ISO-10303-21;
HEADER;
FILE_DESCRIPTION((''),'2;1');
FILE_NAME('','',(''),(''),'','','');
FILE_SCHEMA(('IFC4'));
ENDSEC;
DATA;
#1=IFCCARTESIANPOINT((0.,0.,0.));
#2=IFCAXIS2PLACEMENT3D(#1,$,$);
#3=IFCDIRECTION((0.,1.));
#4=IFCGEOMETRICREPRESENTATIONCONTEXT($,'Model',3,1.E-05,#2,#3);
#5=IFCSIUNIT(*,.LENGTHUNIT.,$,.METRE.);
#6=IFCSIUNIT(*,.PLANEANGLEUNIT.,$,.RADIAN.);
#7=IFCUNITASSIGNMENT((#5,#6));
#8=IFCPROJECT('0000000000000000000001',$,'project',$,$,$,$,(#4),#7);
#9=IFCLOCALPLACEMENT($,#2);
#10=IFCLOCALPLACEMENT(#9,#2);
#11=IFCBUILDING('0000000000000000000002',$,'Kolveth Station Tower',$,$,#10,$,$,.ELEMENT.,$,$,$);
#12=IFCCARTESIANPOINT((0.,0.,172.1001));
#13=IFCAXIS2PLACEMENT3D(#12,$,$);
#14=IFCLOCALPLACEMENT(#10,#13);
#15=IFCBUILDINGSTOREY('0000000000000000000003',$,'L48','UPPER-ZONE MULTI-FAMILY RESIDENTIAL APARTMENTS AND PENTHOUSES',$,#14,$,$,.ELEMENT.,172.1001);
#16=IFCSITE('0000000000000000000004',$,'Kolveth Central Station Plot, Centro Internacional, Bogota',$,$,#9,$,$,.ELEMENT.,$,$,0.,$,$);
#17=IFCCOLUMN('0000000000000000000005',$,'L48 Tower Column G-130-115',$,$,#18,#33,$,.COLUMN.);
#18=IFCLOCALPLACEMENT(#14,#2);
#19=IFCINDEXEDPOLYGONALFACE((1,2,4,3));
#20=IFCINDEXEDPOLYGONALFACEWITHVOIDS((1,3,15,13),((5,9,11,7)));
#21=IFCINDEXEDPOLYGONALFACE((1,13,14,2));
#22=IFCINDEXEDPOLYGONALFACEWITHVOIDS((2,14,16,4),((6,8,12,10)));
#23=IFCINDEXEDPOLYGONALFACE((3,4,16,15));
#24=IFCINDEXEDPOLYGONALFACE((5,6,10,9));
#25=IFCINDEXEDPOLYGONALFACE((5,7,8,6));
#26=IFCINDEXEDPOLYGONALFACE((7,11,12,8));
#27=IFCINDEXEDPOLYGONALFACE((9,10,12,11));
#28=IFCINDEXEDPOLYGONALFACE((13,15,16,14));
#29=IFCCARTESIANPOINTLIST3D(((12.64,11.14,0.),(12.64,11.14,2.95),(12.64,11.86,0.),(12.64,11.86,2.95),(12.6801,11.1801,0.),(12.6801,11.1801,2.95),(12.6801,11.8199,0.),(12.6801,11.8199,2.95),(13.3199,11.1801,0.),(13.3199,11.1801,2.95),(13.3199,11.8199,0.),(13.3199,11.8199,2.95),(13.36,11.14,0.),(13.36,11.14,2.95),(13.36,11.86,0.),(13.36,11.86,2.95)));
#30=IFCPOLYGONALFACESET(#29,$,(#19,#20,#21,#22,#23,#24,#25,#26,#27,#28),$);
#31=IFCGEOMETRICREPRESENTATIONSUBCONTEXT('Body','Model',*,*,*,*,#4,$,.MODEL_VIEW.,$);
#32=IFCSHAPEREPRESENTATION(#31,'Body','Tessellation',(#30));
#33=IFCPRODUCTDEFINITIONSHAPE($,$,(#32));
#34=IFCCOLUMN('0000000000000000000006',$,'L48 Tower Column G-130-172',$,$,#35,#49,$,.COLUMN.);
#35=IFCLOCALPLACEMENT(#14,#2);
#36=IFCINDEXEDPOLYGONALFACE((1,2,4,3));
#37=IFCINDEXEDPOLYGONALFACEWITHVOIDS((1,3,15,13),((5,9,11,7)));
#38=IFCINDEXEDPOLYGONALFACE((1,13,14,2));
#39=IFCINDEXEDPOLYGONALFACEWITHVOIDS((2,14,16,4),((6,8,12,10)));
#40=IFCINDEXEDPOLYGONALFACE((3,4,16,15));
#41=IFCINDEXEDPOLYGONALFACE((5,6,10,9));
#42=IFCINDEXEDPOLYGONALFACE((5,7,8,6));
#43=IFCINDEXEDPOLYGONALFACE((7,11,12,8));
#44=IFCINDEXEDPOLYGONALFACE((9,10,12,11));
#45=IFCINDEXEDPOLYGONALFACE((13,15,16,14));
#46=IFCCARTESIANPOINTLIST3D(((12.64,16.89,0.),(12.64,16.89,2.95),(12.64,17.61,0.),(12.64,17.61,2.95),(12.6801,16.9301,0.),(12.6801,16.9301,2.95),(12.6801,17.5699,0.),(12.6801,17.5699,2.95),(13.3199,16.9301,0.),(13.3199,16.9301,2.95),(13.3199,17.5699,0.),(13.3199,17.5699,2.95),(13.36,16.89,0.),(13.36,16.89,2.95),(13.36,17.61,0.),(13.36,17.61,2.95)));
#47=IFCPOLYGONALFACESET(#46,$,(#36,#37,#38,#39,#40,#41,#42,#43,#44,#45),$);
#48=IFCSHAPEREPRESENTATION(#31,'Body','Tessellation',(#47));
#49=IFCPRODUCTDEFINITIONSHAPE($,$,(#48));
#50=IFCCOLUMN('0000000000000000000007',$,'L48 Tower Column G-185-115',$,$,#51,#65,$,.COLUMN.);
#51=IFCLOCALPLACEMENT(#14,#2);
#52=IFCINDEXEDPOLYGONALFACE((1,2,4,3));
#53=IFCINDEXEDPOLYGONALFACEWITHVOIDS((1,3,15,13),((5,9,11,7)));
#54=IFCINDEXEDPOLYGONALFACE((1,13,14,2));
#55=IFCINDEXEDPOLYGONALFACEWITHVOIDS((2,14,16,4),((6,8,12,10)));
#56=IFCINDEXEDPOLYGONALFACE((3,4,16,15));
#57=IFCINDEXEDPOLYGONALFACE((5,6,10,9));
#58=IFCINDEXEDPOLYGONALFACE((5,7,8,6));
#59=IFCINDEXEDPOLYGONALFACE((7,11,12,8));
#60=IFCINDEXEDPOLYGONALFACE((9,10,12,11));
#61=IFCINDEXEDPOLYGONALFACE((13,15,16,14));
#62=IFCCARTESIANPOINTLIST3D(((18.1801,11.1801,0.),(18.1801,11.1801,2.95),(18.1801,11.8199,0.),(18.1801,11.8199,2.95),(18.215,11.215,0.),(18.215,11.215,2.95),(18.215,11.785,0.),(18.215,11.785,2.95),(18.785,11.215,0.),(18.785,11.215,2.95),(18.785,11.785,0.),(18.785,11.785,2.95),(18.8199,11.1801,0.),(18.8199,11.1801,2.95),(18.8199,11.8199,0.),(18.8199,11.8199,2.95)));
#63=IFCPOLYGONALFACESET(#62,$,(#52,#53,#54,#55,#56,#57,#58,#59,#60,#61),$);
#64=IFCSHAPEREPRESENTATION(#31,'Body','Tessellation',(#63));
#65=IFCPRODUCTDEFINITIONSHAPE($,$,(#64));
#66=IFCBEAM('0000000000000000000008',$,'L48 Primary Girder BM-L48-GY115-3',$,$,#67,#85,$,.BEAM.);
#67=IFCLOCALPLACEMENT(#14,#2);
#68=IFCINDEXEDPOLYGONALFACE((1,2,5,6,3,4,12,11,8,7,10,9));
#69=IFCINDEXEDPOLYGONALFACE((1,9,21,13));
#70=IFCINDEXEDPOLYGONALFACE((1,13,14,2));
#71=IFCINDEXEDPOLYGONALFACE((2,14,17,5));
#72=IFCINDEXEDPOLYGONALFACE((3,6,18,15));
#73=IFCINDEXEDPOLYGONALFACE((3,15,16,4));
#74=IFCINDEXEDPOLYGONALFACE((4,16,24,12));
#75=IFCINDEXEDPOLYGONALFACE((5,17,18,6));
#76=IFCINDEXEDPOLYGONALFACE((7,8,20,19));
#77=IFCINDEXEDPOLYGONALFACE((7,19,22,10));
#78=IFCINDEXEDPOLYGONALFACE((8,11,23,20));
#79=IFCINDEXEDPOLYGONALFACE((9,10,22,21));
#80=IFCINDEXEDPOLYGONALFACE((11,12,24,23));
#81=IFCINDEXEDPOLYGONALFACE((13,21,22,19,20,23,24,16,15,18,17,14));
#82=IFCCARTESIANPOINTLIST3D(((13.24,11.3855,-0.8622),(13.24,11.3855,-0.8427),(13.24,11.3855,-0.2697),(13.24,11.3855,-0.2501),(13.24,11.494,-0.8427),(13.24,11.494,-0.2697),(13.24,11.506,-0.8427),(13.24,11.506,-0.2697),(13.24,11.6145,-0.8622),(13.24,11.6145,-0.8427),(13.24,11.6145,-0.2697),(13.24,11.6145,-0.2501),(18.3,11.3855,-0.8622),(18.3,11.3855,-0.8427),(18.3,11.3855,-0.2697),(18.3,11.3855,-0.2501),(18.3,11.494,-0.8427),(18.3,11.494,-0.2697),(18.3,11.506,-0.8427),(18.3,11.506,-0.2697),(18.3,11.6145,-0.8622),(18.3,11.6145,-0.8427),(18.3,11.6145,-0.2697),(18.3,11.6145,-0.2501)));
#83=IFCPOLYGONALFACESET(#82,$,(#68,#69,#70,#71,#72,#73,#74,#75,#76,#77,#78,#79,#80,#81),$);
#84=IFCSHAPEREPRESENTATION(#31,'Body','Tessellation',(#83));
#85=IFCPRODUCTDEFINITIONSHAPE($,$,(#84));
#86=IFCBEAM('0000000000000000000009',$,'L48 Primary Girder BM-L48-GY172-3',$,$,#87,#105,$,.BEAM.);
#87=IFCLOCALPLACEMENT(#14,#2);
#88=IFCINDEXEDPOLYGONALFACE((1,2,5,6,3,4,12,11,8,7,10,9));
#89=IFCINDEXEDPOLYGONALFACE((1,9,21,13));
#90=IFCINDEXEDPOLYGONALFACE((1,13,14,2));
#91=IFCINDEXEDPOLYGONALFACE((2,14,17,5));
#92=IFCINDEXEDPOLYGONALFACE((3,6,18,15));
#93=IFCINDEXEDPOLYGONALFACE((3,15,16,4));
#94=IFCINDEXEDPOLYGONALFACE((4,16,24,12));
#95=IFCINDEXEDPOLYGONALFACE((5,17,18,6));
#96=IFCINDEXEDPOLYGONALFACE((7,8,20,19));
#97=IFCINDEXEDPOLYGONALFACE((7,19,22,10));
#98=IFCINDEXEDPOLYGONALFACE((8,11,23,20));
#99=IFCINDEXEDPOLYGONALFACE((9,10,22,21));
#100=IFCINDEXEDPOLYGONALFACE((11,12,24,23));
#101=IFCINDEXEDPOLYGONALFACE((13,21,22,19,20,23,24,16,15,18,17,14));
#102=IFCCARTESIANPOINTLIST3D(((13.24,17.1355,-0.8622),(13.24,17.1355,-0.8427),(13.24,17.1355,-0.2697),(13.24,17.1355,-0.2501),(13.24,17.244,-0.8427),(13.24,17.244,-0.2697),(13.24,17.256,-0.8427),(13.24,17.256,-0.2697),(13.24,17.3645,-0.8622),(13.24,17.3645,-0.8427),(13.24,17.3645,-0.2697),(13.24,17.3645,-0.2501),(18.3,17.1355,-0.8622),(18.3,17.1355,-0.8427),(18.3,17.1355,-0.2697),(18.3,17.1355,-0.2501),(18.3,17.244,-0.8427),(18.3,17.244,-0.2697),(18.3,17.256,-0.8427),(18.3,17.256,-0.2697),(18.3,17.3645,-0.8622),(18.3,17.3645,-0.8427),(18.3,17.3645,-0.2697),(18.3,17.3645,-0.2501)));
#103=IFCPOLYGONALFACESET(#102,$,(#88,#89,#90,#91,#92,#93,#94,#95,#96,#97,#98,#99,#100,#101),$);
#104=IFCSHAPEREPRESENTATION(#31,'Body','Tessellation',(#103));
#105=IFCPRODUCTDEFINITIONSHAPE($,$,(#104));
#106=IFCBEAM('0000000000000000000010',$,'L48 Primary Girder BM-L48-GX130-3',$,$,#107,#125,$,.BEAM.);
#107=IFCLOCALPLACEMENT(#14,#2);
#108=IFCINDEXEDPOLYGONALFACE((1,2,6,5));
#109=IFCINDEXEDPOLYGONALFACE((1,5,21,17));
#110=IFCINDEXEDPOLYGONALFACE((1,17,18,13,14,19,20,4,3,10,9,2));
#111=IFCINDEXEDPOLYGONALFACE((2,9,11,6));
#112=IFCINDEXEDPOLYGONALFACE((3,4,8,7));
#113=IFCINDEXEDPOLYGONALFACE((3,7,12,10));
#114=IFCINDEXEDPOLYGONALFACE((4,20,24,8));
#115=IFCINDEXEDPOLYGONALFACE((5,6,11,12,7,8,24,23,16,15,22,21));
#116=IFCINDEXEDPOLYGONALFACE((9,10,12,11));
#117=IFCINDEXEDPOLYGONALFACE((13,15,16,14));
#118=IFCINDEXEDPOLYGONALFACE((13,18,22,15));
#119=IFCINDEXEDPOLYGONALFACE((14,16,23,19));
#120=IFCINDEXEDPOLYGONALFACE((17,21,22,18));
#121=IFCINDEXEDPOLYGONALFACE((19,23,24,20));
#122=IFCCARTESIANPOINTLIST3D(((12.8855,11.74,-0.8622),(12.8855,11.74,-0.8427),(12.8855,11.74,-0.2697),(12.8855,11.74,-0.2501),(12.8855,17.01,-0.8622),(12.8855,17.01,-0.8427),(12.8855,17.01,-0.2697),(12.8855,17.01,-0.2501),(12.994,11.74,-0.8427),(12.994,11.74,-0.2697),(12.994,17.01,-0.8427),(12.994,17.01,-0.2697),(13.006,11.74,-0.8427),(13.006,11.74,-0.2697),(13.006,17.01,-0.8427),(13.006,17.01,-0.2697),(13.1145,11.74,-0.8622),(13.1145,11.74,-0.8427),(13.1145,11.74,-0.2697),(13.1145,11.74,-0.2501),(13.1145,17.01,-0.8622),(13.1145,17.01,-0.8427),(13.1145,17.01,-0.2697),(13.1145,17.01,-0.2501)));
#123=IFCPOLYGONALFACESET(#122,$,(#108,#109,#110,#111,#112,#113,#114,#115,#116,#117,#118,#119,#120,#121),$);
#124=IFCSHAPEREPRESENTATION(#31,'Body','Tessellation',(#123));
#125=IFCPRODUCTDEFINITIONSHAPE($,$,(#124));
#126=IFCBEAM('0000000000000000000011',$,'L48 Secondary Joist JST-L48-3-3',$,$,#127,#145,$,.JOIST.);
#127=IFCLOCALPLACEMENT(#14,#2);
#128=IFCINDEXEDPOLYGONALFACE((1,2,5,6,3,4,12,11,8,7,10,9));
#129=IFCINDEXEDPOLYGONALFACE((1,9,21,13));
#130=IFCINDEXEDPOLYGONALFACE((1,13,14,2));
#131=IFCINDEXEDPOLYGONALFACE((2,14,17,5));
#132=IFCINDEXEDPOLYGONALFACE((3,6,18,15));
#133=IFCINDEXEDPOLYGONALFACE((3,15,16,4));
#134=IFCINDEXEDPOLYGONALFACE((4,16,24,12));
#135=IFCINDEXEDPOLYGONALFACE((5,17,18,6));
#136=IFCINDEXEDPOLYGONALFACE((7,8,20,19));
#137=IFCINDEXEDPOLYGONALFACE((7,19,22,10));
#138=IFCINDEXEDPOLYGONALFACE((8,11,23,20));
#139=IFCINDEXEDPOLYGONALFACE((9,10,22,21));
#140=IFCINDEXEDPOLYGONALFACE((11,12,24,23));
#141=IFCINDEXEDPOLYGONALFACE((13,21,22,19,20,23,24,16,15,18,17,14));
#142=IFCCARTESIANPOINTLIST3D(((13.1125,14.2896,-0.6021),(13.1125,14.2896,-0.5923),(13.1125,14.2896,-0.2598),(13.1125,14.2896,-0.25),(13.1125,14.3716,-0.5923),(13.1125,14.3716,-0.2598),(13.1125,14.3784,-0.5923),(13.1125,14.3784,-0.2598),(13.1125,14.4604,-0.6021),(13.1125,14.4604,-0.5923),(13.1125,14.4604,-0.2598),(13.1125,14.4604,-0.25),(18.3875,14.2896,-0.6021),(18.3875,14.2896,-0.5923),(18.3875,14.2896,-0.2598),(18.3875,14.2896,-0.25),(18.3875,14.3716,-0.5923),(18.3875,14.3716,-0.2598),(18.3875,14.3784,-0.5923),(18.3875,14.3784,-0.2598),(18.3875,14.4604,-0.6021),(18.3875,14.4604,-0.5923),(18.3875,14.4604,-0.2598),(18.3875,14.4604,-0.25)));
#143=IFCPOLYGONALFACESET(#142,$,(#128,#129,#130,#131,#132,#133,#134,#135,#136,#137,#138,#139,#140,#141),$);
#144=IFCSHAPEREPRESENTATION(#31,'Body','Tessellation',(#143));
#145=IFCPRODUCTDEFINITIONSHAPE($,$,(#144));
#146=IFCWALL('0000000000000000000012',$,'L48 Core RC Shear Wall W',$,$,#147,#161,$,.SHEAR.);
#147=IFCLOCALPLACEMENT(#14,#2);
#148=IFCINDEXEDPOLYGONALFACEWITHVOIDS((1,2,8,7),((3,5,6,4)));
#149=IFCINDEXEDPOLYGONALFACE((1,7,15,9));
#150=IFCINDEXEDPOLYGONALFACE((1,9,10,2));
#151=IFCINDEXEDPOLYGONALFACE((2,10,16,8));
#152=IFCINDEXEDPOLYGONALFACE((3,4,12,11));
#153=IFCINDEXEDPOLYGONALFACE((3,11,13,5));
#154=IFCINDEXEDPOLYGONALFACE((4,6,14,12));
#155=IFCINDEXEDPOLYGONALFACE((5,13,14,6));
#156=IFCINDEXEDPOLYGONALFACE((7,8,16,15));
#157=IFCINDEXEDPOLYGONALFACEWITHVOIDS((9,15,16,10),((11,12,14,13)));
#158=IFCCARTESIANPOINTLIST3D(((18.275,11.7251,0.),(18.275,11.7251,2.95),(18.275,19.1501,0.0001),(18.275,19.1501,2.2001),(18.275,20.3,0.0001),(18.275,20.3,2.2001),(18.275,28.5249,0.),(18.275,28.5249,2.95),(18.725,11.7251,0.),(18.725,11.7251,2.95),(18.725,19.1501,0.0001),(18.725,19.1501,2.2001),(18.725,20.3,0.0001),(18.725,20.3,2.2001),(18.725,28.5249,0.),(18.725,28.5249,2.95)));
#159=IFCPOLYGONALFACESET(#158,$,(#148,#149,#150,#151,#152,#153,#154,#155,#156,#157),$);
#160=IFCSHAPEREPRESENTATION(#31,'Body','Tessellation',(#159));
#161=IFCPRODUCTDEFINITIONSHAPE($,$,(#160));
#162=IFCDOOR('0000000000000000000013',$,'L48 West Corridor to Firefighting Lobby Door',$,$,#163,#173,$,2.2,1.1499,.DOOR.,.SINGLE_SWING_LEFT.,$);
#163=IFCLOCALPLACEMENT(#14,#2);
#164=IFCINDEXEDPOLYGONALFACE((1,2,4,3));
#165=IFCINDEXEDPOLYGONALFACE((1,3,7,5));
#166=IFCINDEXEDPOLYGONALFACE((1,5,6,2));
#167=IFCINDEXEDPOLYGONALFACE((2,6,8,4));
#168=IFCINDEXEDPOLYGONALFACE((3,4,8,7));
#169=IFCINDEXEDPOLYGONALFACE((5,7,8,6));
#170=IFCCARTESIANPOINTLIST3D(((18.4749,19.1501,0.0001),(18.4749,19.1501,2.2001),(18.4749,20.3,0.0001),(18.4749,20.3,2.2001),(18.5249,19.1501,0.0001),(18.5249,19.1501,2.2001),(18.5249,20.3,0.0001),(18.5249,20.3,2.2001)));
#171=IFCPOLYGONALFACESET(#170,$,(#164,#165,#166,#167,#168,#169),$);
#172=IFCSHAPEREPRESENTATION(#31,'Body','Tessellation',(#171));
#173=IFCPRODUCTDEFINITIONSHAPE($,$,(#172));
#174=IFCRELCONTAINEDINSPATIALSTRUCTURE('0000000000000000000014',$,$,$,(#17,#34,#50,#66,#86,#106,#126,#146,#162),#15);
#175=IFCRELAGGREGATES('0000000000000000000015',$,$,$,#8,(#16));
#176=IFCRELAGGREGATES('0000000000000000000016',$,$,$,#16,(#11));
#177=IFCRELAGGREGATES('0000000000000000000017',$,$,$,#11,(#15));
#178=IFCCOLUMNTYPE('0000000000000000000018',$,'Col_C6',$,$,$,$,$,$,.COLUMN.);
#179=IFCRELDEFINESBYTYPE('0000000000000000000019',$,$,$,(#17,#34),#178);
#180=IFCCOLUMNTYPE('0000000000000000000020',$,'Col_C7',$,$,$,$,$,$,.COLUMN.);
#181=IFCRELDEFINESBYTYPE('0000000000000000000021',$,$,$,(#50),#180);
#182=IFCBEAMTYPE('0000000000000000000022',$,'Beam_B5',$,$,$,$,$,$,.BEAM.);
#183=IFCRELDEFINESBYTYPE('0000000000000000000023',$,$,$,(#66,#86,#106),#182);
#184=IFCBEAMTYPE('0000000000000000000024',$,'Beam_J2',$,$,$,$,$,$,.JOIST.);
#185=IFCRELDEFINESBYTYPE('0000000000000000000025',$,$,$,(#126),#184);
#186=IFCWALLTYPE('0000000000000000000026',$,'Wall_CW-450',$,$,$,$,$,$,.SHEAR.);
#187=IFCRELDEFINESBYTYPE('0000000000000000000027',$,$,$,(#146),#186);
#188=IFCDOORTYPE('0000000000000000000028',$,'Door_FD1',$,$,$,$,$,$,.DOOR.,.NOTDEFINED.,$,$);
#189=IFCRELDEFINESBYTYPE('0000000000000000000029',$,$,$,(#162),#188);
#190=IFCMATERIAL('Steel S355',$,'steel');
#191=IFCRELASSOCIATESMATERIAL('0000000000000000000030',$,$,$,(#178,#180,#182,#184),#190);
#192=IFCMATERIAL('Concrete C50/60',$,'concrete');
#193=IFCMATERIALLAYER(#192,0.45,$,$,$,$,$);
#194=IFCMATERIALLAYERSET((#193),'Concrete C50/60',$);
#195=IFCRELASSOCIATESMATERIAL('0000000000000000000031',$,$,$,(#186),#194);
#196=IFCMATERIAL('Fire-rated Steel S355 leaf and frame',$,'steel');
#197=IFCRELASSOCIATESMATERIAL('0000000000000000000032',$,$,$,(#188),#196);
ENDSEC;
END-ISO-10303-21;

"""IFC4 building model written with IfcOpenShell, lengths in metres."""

from ifc_helpers import new_model, si_unit, direction, frame, frame_2d, origin, origin_2d, place, context, subcontext, project, spatial, rectangle, hollow_rectangle, i_section, extrude, source, transform, mapped, material, layer, layer_set, material_profile, profile_set, type_object, element, fill, save


model = new_model("IFC4")

# Units and contexts
model_context = context("Model", 3, precision=1e-05, world=origin(), true_north=direction((0.0, 1.0)))
body_context = subcontext(model_context, "Body", "Model", "MODEL_VIEW")
ifc_project = project(units=[si_unit("LENGTHUNIT", "METRE"), si_unit("PLANEANGLEUNIT", "RADIAN")], contexts=[model_context])

# Site, building, storey
site_placement = place(None, origin())
site = spatial("IfcSite", under=ifc_project, at=site_placement, Name="Kolveth Central Station Plot, Centro Internacional, Bogota", CompositionType="ELEMENT", RefElevation=0.0)
building_placement = place(site_placement, origin())
building = spatial("IfcBuilding", under=site, at=building_placement, Name="Kolveth Station Tower", CompositionType="ELEMENT")
storey_placement = place(building_placement, frame((0.0, 0.0, 172.1001)))
storey = spatial("IfcBuildingStorey", under=building, at=storey_placement, Name="L48", Description="UPPER-ZONE MULTI-FAMILY RESIDENTIAL APARTMENTS AND PENTHOUSES", CompositionType="ELEMENT", Elevation=172.1001)

# Columns
ifc_material_1 = material(Name="Steel S355", Category="steel")
ifc_material_profile_1 = material_profile(ifc_material_1, hollow_rectangle(XDim=0.72, YDim=0.72, WallThickness=0.04, at=origin_2d()), Name="BOX720x720x40")
ifc_profile_set_1 = profile_set([ifc_material_profile_1], Name="Steel S355")
column_type_1 = type_object("IfcColumnType", Name="Col_C6", PredefinedType="COLUMN", material=ifc_profile_set_1)
shared_shape_1 = source(origin(), body_context, "Body", "SweptSolid", [
    extrude(hollow_rectangle(XDim=0.72, YDim=0.72, WallThickness=0.04, at=origin_2d()), origin(), (0.0, 0.0, 1.0), 2.95),
])
for number, where, z_axis, x_axis, name in (
    (1, (13.0, 11.5, 0.0), (0.0, 0.0, 1.0), (1.0, 0.0, 0.0), "L48 Tower Column G-130-115"),
    (2, (13.0, 17.25, 0.0), (0.0, 0.0, 1.0), (1.0, 0.0, 0.0), "L48 Tower Column G-130-172"),
):
    element("IfcColumn", number, at=place(storey_placement, frame(where, z_axis=z_axis, x_axis=x_axis)), inside=storey, type_object=column_type_1, Name=name, PredefinedType="COLUMN", context=body_context, shape_type="MappedRepresentation", body=[
        mapped(shared_shape_1, transform((0.0, 0.0, 0.0), x_axis=(1.0, 0.0, 0.0), y_axis=(0.0, 1.0, 0.0), z_axis=(0.0, 0.0, 1.0), scale=1.0)),
    ])
ifc_material_profile_2 = material_profile(ifc_material_1, hollow_rectangle(XDim=0.6399, YDim=0.6399, WallThickness=0.0349, at=origin_2d()), Name="BOX640x640x35")
ifc_profile_set_2 = profile_set([ifc_material_profile_2], Name="Steel S355")
column_type_2 = type_object("IfcColumnType", Name="Col_C7", PredefinedType="COLUMN", material=ifc_profile_set_2)
shared_shape_2 = source(origin(), body_context, "Body", "SweptSolid", [
    extrude(hollow_rectangle(XDim=0.6399, YDim=0.6399, WallThickness=0.0349, at=origin_2d()), origin(), (0.0, 0.0, 1.0), 2.95),
])
column_placement = place(storey_placement, frame((18.5, 11.5, 0.0), z_axis=(0.0, 0.0, 1.0), x_axis=(1.0, 0.0, 0.0)))
element("IfcColumn", 3, at=column_placement, inside=storey, type_object=column_type_2, Name="L48 Tower Column G-185-115", PredefinedType="COLUMN", context=body_context, shape_type="MappedRepresentation", body=[
    mapped(shared_shape_2, transform((0.0, 0.0, 0.0), x_axis=(1.0, 0.0, 0.0), y_axis=(0.0, 1.0, 0.0), z_axis=(0.0, 0.0, 1.0), scale=1.0)),
])

# Beams
ifc_material_profile_3 = material_profile(ifc_material_1, i_section(OverallWidth=0.229, OverallDepth=0.6121, WebThickness=0.012, FlangeThickness=0.0195, at=origin_2d()), Name="W610x125")
ifc_profile_set_3 = profile_set([ifc_material_profile_3], Name="Steel S355")
beam_type_1 = type_object("IfcBeamType", Name="Beam_B5", PredefinedType="BEAM", material=ifc_profile_set_3)
shared_shape_3 = source(origin(), body_context, "Body", "SweptSolid", [
    extrude(i_section(OverallWidth=0.229, OverallDepth=0.6121, WebThickness=0.012, FlangeThickness=0.0195, at=origin_2d()), origin(), (0.0, 0.0, 1.0), 5.0601),
])
for number, where, z_axis, x_axis, name in (
    (4, (13.24, 11.5, -0.5562), (1.0, 0.0, 0.0), (0.0, 1.0, 0.0), "L48 Primary Girder BM-L48-GY115-3"),
    (5, (13.24, 17.25, -0.5562), (1.0, 0.0, 0.0), (0.0, 1.0, 0.0), "L48 Primary Girder BM-L48-GY172-3"),
):
    element("IfcBeam", number, at=place(storey_placement, frame(where, z_axis=z_axis, x_axis=x_axis)), inside=storey, type_object=beam_type_1, Name=name, PredefinedType="BEAM", context=body_context, shape_type="MappedRepresentation", body=[
        mapped(shared_shape_3, transform((0.0, 0.0, 0.0), x_axis=(1.0, 0.0, 0.0), y_axis=(0.0, 1.0, 0.0), z_axis=(0.0, 0.0, 1.0), scale=1.0)),
    ])
shared_shape_4 = source(origin(), body_context, "Body", "SweptSolid", [
    extrude(i_section(OverallWidth=0.229, OverallDepth=0.6121, WebThickness=0.012, FlangeThickness=0.0195, at=origin_2d()), origin(), (0.0, 0.0, 1.0), 5.27),
])
beam_1_placement = place(storey_placement, frame((13.0, 11.74, -0.5562), z_axis=(0.0, 1.0, 0.0), x_axis=(-1.0, 0.0, 0.0)))
element("IfcBeam", 6, at=beam_1_placement, inside=storey, type_object=beam_type_1, Name="L48 Primary Girder BM-L48-GX130-3", PredefinedType="BEAM", context=body_context, shape_type="MappedRepresentation", body=[
    mapped(shared_shape_4, transform((0.0, 0.0, 0.0), x_axis=(1.0, 0.0, 0.0), y_axis=(0.0, 1.0, 0.0), z_axis=(0.0, 0.0, 1.0), scale=1.0)),
])
ifc_material_profile_4 = material_profile(ifc_material_1, i_section(OverallWidth=0.1709, OverallDepth=0.3521, WebThickness=0.0068, FlangeThickness=0.0098, at=origin_2d()), Name="W360x44")
ifc_profile_set_4 = profile_set([ifc_material_profile_4], Name="Steel S355")
beam_type_2 = type_object("IfcBeamType", Name="Beam_J2", PredefinedType="JOIST", material=ifc_profile_set_4)
shared_shape_5 = source(origin(), body_context, "Body", "SweptSolid", [
    extrude(i_section(OverallWidth=0.1709, OverallDepth=0.3521, WebThickness=0.0068, FlangeThickness=0.0098, at=origin_2d()), origin(), (0.0, 0.0, 1.0), 5.2749),
])
beam_2_placement = place(storey_placement, frame((13.1125, 14.375, -0.426), z_axis=(1.0, 0.0, 0.0), x_axis=(0.0, 1.0, 0.0)))
element("IfcBeam", 7, at=beam_2_placement, inside=storey, type_object=beam_type_2, Name="L48 Secondary Joist JST-L48-3-3", PredefinedType="JOIST", context=body_context, shape_type="MappedRepresentation", body=[
    mapped(shared_shape_5, transform((0.0, 0.0, 0.0), x_axis=(1.0, 0.0, 0.0), y_axis=(0.0, 1.0, 0.0), z_axis=(0.0, 0.0, 1.0), scale=1.0)),
])

# Shared definitions
ifc_material_2 = material(Name="Concrete C50/60", Category="concrete")
ifc_layer_1 = layer(ifc_material_2, 0.45)
ifc_layer_set_1 = layer_set([ifc_layer_1], Name="Concrete C50/60")
wall_type_1 = type_object("IfcWallType", Name="Wall_CW-450", PredefinedType="SHEAR", material=ifc_layer_set_1)

# Wall, opening, door
wall_1_placement = place(storey_placement, frame((18.5, 11.7251, 0.0), z_axis=(0.0, 0.0, 1.0), x_axis=(0.0, 1.0, 0.0)))
wall_1 = element("IfcWall", 8, at=wall_1_placement, inside=storey, type_object=wall_type_1, Name="L48 Core RC Shear Wall W", PredefinedType="SHEAR", context=body_context, shape_type="SweptSolid", body=[
    extrude(rectangle(XDim=16.7998, YDim=0.45, at=frame_2d((8.3999, 0.0))), origin(), (0.0, 0.0, 1.0), 2.95),
])
opening_1_placement = place(wall_1_placement, frame((7.425, 0.0, 0.0)))
opening_1 = element("IfcOpeningElement", 9, at=opening_1_placement, cuts=wall_1, PredefinedType="OPENING", context=body_context, shape_type="SweptSolid", body=[
    extrude(rectangle(XDim=1.1499, YDim=2.2, at=frame_2d((0.575, 1.1001))), frame((0.0, 0.2349, 0.0), z_axis=(0.0, -1.0, 0.0), x_axis=(1.0, 0.0, 0.0)), (0.0, 0.0, 1.0), 0.47),
])
ifc_material_3 = material(Name="Fire-rated Steel S355 leaf and frame", Category="steel")
door_type_1 = type_object("IfcDoorType", Name="Door_FD1", OperationType="NOTDEFINED", PredefinedType="DOOR", material=ifc_material_3)
door_1_placement = place(opening_1_placement, frame((1.1499, 0.0, 0.0), z_axis=(0.0, 0.0, 1.0), x_axis=(-1.0, 0.0, 0.0)))
door_1 = element("IfcDoor", 10, at=door_1_placement, inside=storey, type_object=door_type_1, Name="L48 West Corridor to Firefighting Lobby Door", OperationType="SINGLE_SWING_LEFT", OverallHeight=2.2, OverallWidth=1.1499, PredefinedType="DOOR", context=body_context, shape_type="SweptSolid", body=[
    extrude(rectangle(XDim=1.1499, YDim=2.2, at=frame_2d((0.575, 1.1001))), frame((0.0, 0.0249, 0.0), z_axis=(0.0, -1.0, 0.0), x_axis=(1.0, 0.0, 0.0)), (0.0, 0.0, 1.0), 0.05),
])
fill(opening_1, door_1)

save(model, "model.ifc")
